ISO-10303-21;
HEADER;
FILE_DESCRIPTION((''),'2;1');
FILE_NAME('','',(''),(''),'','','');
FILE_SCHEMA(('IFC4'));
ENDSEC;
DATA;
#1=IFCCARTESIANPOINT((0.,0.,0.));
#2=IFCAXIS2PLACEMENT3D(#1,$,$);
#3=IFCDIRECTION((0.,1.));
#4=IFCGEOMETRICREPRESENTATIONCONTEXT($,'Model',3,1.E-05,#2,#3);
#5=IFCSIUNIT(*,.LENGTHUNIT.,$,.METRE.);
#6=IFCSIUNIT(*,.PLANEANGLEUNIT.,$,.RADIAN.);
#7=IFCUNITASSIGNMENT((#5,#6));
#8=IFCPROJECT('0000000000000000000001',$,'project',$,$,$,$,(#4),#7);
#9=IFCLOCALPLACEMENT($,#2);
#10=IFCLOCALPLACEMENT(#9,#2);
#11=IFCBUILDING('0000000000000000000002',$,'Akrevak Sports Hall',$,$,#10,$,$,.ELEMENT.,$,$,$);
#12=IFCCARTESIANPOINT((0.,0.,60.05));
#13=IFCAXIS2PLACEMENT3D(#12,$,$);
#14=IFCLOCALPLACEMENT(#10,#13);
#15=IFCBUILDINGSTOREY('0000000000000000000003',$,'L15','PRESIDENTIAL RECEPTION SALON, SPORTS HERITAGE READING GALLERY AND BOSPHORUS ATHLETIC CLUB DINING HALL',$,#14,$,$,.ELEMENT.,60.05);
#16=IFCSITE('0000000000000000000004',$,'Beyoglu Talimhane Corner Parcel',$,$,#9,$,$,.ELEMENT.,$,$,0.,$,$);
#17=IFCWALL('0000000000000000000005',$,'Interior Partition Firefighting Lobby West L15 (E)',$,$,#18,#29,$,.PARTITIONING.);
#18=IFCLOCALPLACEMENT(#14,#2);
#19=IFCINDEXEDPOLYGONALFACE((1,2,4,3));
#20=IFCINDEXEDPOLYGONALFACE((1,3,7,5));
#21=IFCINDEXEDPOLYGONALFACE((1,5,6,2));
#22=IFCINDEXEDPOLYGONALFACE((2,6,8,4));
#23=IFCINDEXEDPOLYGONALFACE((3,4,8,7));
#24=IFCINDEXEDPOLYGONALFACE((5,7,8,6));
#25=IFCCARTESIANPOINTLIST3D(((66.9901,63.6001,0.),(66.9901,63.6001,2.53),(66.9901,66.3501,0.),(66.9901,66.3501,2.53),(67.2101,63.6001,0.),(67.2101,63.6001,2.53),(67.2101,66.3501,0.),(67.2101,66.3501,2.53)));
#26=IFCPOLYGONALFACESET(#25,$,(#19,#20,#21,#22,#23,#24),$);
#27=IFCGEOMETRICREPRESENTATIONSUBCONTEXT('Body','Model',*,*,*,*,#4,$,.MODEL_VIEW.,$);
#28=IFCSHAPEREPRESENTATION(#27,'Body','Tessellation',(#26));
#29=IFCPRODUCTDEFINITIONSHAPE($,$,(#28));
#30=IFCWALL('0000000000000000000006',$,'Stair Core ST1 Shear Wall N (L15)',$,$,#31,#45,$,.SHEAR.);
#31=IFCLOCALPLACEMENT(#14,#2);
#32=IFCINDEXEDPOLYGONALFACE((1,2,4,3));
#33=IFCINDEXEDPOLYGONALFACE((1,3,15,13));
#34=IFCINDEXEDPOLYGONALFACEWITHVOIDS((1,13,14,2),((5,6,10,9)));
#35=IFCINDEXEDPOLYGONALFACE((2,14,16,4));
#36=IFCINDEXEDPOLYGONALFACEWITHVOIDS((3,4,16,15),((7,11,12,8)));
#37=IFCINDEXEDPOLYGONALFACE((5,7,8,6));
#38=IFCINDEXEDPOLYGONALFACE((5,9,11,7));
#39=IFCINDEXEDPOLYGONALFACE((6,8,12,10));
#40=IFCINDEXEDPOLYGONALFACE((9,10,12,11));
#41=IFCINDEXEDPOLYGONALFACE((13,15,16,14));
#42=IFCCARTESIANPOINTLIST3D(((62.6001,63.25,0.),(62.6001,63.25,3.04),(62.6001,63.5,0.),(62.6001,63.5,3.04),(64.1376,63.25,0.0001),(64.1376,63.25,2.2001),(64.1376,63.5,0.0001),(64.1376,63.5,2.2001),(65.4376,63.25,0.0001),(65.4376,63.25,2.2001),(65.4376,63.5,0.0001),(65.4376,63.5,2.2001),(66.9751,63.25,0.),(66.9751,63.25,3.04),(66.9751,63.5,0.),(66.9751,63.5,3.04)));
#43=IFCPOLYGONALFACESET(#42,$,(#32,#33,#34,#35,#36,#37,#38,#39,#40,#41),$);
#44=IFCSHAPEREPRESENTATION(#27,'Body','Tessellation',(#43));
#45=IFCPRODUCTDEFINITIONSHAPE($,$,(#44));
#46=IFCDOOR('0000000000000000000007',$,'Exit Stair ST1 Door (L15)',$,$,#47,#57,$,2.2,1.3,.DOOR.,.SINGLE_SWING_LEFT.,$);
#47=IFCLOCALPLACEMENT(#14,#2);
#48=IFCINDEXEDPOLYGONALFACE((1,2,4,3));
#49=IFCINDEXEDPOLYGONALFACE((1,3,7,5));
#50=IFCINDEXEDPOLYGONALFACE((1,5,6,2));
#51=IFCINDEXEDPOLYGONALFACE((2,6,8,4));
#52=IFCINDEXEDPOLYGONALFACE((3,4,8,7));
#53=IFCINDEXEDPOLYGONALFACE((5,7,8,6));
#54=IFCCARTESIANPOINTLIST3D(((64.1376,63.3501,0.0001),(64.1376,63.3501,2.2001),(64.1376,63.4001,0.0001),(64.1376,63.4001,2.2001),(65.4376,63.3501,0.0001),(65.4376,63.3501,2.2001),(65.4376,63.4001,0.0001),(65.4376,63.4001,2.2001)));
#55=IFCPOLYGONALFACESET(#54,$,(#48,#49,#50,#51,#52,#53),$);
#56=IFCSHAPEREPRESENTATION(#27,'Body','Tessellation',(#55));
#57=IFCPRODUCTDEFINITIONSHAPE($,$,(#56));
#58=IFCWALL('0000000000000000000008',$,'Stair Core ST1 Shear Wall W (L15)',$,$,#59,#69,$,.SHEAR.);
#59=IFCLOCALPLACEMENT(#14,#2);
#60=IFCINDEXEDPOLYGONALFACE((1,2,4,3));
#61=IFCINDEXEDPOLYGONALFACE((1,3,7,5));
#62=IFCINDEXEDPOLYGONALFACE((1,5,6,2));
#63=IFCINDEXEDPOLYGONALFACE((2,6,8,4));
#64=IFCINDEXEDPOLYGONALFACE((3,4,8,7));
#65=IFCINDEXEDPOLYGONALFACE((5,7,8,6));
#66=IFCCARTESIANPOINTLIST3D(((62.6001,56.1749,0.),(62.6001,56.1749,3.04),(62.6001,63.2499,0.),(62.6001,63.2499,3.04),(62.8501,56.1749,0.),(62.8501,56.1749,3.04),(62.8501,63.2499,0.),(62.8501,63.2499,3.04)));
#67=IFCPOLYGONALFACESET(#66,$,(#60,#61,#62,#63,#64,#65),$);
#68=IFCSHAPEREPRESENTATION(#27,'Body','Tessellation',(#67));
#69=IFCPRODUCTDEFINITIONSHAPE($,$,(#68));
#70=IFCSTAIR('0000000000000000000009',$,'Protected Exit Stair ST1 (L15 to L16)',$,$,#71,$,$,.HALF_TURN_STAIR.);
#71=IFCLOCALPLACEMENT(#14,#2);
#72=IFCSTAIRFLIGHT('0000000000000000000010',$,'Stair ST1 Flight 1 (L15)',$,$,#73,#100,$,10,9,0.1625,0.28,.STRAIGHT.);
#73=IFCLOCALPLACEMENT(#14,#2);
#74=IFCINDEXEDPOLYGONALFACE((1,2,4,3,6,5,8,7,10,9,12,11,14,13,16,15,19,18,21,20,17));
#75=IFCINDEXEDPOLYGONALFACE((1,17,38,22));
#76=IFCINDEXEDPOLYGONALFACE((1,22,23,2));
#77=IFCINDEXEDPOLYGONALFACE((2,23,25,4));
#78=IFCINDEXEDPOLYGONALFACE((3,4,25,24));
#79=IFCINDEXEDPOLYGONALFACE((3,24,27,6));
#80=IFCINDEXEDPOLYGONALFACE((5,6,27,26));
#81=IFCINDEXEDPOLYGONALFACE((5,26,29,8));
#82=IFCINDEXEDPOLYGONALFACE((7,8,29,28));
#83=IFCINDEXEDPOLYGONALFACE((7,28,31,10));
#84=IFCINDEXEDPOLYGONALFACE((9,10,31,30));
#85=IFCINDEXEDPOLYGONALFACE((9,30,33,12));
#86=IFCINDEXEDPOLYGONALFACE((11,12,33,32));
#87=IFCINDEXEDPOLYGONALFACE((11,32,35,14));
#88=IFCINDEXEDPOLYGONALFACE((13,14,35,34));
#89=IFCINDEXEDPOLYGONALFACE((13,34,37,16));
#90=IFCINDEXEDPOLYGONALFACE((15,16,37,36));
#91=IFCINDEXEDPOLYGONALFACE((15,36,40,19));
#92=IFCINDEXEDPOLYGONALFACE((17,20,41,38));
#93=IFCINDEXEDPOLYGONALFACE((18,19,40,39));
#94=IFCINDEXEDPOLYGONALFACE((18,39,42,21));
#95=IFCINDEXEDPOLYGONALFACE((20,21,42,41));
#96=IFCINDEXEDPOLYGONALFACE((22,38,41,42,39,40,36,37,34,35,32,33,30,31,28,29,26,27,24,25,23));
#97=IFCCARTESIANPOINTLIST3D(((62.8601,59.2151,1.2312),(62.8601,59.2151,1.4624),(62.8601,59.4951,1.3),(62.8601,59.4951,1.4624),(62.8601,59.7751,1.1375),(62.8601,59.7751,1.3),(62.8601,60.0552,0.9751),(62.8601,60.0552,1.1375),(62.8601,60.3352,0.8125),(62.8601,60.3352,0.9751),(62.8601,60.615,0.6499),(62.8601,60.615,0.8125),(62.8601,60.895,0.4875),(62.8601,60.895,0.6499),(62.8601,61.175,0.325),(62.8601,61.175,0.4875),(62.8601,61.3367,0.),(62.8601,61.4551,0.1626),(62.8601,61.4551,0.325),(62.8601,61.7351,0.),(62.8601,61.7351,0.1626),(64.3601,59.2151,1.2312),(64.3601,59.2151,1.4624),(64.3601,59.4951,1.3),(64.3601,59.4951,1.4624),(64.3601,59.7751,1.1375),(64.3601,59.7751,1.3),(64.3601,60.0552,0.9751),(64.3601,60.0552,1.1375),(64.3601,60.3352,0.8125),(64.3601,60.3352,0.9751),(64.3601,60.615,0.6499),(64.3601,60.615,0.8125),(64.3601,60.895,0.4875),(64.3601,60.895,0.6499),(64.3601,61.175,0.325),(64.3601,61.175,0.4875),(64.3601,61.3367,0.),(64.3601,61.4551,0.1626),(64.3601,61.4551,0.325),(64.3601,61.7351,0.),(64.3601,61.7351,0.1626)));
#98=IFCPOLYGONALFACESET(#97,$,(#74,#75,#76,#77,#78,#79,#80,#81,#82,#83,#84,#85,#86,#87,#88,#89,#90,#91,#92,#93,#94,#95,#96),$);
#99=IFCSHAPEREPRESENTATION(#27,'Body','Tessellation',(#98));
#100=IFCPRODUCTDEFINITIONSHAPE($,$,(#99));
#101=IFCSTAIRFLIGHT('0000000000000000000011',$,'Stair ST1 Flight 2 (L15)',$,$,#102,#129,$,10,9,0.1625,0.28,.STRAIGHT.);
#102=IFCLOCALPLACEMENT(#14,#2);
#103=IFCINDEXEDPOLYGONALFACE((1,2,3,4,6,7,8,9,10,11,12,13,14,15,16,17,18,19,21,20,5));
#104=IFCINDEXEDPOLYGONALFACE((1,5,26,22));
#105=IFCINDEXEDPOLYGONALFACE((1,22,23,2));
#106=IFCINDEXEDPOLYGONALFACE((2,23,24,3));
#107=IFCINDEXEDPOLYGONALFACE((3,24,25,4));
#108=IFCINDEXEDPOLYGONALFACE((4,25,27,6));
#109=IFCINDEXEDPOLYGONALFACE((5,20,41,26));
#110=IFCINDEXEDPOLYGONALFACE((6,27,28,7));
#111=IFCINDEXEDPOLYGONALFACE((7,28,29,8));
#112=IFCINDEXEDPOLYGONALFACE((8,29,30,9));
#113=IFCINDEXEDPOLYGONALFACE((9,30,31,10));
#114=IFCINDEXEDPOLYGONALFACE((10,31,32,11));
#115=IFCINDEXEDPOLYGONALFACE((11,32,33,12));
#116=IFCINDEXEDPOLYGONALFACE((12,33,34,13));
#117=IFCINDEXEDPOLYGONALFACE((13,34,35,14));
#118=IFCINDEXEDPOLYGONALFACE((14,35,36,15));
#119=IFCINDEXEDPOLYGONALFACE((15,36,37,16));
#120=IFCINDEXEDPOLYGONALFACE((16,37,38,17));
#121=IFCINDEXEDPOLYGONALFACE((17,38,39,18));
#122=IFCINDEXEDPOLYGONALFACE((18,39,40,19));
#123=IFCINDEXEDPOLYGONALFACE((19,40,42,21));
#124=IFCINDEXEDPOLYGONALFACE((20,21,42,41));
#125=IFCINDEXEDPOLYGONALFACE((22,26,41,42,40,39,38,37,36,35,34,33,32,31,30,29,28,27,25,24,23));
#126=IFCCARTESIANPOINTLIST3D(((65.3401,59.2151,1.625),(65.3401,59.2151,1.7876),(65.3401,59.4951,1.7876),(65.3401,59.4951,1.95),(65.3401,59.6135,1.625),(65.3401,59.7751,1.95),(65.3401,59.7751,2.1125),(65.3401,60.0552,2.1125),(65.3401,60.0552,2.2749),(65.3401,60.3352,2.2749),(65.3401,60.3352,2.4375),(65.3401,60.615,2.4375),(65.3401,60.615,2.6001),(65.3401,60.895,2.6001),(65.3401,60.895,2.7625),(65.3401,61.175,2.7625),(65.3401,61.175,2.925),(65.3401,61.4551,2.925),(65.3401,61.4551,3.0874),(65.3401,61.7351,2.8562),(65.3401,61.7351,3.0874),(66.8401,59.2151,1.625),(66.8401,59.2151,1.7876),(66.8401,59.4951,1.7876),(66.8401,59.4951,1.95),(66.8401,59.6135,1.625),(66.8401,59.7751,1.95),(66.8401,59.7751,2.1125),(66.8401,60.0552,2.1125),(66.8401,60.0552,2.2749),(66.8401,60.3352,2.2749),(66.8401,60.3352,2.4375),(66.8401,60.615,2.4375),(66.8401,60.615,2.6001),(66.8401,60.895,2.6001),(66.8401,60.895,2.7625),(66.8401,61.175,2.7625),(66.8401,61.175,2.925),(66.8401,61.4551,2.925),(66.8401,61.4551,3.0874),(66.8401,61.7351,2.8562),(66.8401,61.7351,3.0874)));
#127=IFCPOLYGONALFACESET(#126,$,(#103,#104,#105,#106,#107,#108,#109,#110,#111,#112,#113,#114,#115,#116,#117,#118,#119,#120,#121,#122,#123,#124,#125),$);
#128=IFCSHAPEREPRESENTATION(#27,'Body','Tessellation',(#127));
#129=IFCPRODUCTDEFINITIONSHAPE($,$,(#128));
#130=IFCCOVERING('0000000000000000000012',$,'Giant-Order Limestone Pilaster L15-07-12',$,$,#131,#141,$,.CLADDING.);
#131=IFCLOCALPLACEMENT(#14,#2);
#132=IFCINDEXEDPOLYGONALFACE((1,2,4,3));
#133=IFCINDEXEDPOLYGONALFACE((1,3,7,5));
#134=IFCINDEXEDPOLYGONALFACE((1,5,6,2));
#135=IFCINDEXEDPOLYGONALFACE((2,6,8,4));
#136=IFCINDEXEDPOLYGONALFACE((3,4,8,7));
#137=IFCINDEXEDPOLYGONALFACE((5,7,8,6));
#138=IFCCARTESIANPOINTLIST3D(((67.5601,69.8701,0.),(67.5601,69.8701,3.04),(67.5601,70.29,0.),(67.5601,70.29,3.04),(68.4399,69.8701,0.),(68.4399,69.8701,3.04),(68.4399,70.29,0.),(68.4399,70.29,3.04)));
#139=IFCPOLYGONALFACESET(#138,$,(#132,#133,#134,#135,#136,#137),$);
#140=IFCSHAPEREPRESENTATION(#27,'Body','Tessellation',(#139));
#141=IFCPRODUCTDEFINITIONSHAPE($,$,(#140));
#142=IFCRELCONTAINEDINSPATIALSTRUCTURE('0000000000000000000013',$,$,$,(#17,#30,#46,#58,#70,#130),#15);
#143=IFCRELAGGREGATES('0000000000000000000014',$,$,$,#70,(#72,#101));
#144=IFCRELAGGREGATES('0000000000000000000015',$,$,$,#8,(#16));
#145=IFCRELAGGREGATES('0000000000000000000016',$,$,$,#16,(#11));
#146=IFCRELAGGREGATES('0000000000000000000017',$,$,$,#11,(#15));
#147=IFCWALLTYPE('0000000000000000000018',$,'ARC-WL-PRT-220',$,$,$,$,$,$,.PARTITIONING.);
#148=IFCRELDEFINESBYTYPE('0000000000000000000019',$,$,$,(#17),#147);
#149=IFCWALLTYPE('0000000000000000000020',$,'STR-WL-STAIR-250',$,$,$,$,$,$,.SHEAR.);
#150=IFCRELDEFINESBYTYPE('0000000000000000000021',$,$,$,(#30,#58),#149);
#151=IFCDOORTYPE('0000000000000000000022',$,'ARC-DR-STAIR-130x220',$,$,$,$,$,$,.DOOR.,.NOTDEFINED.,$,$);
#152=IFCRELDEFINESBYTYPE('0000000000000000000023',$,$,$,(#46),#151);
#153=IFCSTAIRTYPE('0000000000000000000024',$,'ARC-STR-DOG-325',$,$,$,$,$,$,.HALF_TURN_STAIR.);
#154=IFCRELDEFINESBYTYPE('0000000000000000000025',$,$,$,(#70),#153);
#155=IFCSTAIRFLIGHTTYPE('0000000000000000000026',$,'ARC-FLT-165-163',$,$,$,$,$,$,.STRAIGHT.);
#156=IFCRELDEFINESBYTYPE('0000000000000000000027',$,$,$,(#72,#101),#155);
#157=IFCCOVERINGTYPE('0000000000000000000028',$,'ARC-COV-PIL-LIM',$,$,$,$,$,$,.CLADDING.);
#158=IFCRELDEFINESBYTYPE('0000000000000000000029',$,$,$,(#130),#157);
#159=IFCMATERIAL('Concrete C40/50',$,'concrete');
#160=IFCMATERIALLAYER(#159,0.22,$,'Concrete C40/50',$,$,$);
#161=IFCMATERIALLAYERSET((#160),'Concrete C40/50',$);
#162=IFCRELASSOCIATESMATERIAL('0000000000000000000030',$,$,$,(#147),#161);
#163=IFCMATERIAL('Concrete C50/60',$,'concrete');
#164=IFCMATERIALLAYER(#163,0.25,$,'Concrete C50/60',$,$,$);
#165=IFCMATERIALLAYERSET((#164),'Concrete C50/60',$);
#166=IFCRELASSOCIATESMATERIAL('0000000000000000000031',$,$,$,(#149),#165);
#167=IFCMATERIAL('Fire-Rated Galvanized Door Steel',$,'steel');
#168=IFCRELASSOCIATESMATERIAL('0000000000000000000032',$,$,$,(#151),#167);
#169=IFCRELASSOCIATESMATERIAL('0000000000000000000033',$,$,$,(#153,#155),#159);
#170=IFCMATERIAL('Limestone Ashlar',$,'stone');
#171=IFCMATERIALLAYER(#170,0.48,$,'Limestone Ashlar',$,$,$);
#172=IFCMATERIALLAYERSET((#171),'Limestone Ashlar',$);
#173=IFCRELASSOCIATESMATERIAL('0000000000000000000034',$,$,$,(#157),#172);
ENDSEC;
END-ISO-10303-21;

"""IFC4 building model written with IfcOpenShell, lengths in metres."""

from ifc_helpers import new_model, si_unit, direction, frame, frame_2d, origin, origin_2d, place, context, subcontext, project, spatial, polyline, rectangle, outline, extrude, material, layer, layer_set, type_object, element, fill, aggregate, save


model = new_model("IFC4")

# Units and contexts
model_context = context("Model", 3, precision=1e-05, world=origin(), true_north=direction((0.0, 1.0)))
body_context = subcontext(model_context, "Body", "Model", "MODEL_VIEW")
ifc_project = project(units=[si_unit("LENGTHUNIT", "METRE"), si_unit("PLANEANGLEUNIT", "RADIAN")], contexts=[model_context])

# Site, building, storey
site_placement = place(None, origin())
site = spatial("IfcSite", under=ifc_project, at=site_placement, Name="Beyoglu Talimhane Corner Parcel", CompositionType="ELEMENT", RefElevation=0.0)
building_placement = place(site_placement, origin())
building = spatial("IfcBuilding", under=site, at=building_placement, Name="Akrevak Sports Hall", CompositionType="ELEMENT")
storey_placement = place(building_placement, frame((0.0, 0.0, 60.05)))
storey = spatial("IfcBuildingStorey", under=building, at=storey_placement, Name="L15", Description="PRESIDENTIAL RECEPTION SALON, SPORTS HERITAGE READING GALLERY AND BOSPHORUS ATHLETIC CLUB DINING HALL", CompositionType="ELEMENT", Elevation=60.05)

# Shared definitions
ifc_material_1 = material(Name="Concrete C40/50", Category="concrete")

# Wall
ifc_layer_1 = layer(ifc_material_1, 0.22, Name="Concrete C40/50")
ifc_layer_set_1 = layer_set([ifc_layer_1], Name="Concrete C40/50")
wall_type_1 = type_object("IfcWallType", Name="ARC-WL-PRT-220", PredefinedType="PARTITIONING", material=ifc_layer_set_1)
wall_1_placement = place(storey_placement, frame((67.1001, 63.6001, 0.0), z_axis=(0.0, 0.0, 1.0), x_axis=(0.0, 1.0, 0.0)))
element("IfcWall", 1, at=wall_1_placement, inside=storey, type_object=wall_type_1, Name="Interior Partition Firefighting Lobby West L15 (E)", PredefinedType="PARTITIONING", context=body_context, shape_type="SweptSolid", body=[
    extrude(rectangle(XDim=2.75, YDim=0.22, at=frame_2d((1.375, 0.0))), origin(), (0.0, 0.0, 1.0), 2.53),
])

# Wall, opening, door
ifc_material_2 = material(Name="Concrete C50/60", Category="concrete")
ifc_layer_2 = layer(ifc_material_2, 0.25, Name="Concrete C50/60")
ifc_layer_set_2 = layer_set([ifc_layer_2], Name="Concrete C50/60")
wall_type_2 = type_object("IfcWallType", Name="STR-WL-STAIR-250", PredefinedType="SHEAR", material=ifc_layer_set_2)
wall_2_placement = place(storey_placement, frame((66.9751, 63.375, 0.0), z_axis=(0.0, 0.0, 1.0), x_axis=(-1.0, 0.0, 0.0)))
wall_2 = element("IfcWall", 2, at=wall_2_placement, inside=storey, type_object=wall_type_2, Name="Stair Core ST1 Shear Wall N (L15)", PredefinedType="SHEAR", context=body_context, shape_type="SweptSolid", body=[
    extrude(rectangle(XDim=4.375, YDim=0.25, at=frame_2d((2.1875, 0.0))), origin(), (0.0, 0.0, 1.0), 3.04),
])
opening_placement = place(wall_2_placement, frame((1.5376, 0.0, 0.0)))
opening = element("IfcOpeningElement", 3, at=opening_placement, cuts=wall_2, PredefinedType="OPENING", context=body_context, shape_type="SweptSolid", body=[
    extrude(rectangle(XDim=1.3, YDim=2.2, at=frame_2d((0.6499, 1.1001))), frame((0.0, 0.137, 0.0), z_axis=(0.0, -1.0, 0.0), x_axis=(1.0, 0.0, 0.0)), (0.0, 0.0, 1.0), 0.2739),
])
ifc_material_3 = material(Name="Fire-Rated Galvanized Door Steel", Category="steel")
door_type = type_object("IfcDoorType", Name="ARC-DR-STAIR-130x220", OperationType="NOTDEFINED", PredefinedType="DOOR", material=ifc_material_3)
door_placement = place(opening_placement, origin())
door = element("IfcDoor", 4, at=door_placement, inside=storey, type_object=door_type, Name="Exit Stair ST1 Door (L15)", OperationType="SINGLE_SWING_LEFT", OverallHeight=2.2, OverallWidth=1.3, PredefinedType="DOOR", context=body_context, shape_type="SweptSolid", body=[
    extrude(rectangle(XDim=1.3, YDim=2.2, at=frame_2d((0.6499, 1.1001))), frame((0.0, 0.0249, 0.0), z_axis=(0.0, -1.0, 0.0), x_axis=(1.0, 0.0, 0.0)), (0.0, 0.0, 1.0), 0.05),
])
fill(opening, door)

# Wall
wall_3_placement = place(storey_placement, frame((62.7251, 63.25, 0.0), z_axis=(0.0, 0.0, 1.0), x_axis=(0.0, -1.0, 0.0)))
element("IfcWall", 5, at=wall_3_placement, inside=storey, type_object=wall_type_2, Name="Stair Core ST1 Shear Wall W (L15)", PredefinedType="SHEAR", context=body_context, shape_type="SweptSolid", body=[
    extrude(rectangle(XDim=7.075, YDim=0.25, at=frame_2d((3.5376, 0.0))), origin(), (0.0, 0.0, 1.0), 3.04),
])

# Stair, stair flights
stair_type = type_object("IfcStairType", Name="ARC-STR-DOG-325", PredefinedType="HALF_TURN_STAIR", material=ifc_material_1)
stair_placement = place(storey_placement, origin())
stair = element("IfcStair", 6, at=stair_placement, inside=storey, type_object=stair_type, Name="Protected Exit Stair ST1 (L15 to L16)", PredefinedType="HALF_TURN_STAIR")
stair_flight_type = type_object("IfcStairFlightType", Name="ARC-FLT-165-163", PredefinedType="STRAIGHT", material=ifc_material_1)
stair_flight_1_placement = place(storey_placement, frame((63.6101, 61.7351, 0.0), z_axis=(0.0, 0.0, 1.0), x_axis=(0.0, -1.0, 0.0)))
stair_flight_1 = element("IfcStairFlight", 7, at=stair_flight_1_placement, type_object=stair_flight_type, Name="Stair ST1 Flight 1 (L15)", NumberOfRisers=10, NumberOfTreads=9, PredefinedType="STRAIGHT", RiserHeight=0.1625, TreadLength=0.28, context=body_context, shape_type="SweptSolid", body=[
    extrude(outline(polyline([(0.0, 0.0), (0.0, 0.1626), (0.28, 0.1626), (0.28, 0.325), (0.5601, 0.325), (0.5601, 0.4875), (0.8401, 0.4875), (0.8401, 0.6499), (1.1201, 0.6499), (1.1201, 0.8125), (1.3999, 0.8125), (1.3999, 0.9751), (1.6799, 0.9751), (1.6799, 1.1375), (1.96, 1.1375), (1.96, 1.3), (2.24, 1.3), (2.24, 1.4624), (2.52, 1.4624), (2.52, 1.625), (2.52, 1.2312), (0.3984, 0.0), (0.0, 0.0)])), frame((0.0, 0.75, 0.0), z_axis=(0.0, -1.0, 0.0), x_axis=(1.0, 0.0, 0.0)), (0.0, 0.0, 1.0), 1.5),
])
stair_flight_2_placement = place(storey_placement, frame((66.0901, 59.2151, 1.625), z_axis=(0.0, 0.0, 1.0), x_axis=(0.0, 1.0, 0.0)))
stair_flight_2 = element("IfcStairFlight", 8, at=stair_flight_2_placement, type_object=stair_flight_type, Name="Stair ST1 Flight 2 (L15)", NumberOfRisers=10, NumberOfTreads=9, PredefinedType="STRAIGHT", RiserHeight=0.1625, TreadLength=0.28, context=body_context, shape_type="SweptSolid", body=[
    extrude(outline(polyline([(0.0, 0.0), (0.0, 0.1626), (0.28, 0.1626), (0.28, 0.325), (0.5601, 0.325), (0.5601, 0.4875), (0.8401, 0.4875), (0.8401, 0.6499), (1.1201, 0.6499), (1.1201, 0.8125), (1.3999, 0.8125), (1.3999, 0.9751), (1.6799, 0.9751), (1.6799, 1.1375), (1.96, 1.1375), (1.96, 1.3), (2.24, 1.3), (2.24, 1.4624), (2.52, 1.4624), (2.52, 1.625), (2.52, 1.2312), (0.3984, 0.0), (0.0, 0.0)])), frame((0.0, 0.75, 0.0), z_axis=(0.0, -1.0, 0.0), x_axis=(1.0, 0.0, 0.0)), (0.0, 0.0, 1.0), 1.5),
])
aggregate(stair, [stair_flight_1, stair_flight_2])

# Covering
ifc_material_4 = material(Name="Limestone Ashlar", Category="stone")
ifc_layer_3 = layer(ifc_material_4, 0.48, Name="Limestone Ashlar")
ifc_layer_set_3 = layer_set([ifc_layer_3], Name="Limestone Ashlar")
covering_type = type_object("IfcCoveringType", Name="ARC-COV-PIL-LIM", PredefinedType="CLADDING", material=ifc_layer_set_3)
covering_placement = place(storey_placement, frame((68.0, 70.0801, 0.0), z_axis=(0.0, 0.0, 1.0), x_axis=(-1.0, 0.0, 0.0)))
element("IfcCovering", 9, at=covering_placement, inside=storey, type_object=covering_type, Name="Giant-Order Limestone Pilaster L15-07-12", PredefinedType="CLADDING", context=body_context, shape_type="SweptSolid", body=[
    extrude(rectangle(XDim=0.8799, YDim=0.4199, at=origin_2d()), origin(), (0.0, 0.0, 1.0), 3.04),
])

save(model, "model.ifc")
